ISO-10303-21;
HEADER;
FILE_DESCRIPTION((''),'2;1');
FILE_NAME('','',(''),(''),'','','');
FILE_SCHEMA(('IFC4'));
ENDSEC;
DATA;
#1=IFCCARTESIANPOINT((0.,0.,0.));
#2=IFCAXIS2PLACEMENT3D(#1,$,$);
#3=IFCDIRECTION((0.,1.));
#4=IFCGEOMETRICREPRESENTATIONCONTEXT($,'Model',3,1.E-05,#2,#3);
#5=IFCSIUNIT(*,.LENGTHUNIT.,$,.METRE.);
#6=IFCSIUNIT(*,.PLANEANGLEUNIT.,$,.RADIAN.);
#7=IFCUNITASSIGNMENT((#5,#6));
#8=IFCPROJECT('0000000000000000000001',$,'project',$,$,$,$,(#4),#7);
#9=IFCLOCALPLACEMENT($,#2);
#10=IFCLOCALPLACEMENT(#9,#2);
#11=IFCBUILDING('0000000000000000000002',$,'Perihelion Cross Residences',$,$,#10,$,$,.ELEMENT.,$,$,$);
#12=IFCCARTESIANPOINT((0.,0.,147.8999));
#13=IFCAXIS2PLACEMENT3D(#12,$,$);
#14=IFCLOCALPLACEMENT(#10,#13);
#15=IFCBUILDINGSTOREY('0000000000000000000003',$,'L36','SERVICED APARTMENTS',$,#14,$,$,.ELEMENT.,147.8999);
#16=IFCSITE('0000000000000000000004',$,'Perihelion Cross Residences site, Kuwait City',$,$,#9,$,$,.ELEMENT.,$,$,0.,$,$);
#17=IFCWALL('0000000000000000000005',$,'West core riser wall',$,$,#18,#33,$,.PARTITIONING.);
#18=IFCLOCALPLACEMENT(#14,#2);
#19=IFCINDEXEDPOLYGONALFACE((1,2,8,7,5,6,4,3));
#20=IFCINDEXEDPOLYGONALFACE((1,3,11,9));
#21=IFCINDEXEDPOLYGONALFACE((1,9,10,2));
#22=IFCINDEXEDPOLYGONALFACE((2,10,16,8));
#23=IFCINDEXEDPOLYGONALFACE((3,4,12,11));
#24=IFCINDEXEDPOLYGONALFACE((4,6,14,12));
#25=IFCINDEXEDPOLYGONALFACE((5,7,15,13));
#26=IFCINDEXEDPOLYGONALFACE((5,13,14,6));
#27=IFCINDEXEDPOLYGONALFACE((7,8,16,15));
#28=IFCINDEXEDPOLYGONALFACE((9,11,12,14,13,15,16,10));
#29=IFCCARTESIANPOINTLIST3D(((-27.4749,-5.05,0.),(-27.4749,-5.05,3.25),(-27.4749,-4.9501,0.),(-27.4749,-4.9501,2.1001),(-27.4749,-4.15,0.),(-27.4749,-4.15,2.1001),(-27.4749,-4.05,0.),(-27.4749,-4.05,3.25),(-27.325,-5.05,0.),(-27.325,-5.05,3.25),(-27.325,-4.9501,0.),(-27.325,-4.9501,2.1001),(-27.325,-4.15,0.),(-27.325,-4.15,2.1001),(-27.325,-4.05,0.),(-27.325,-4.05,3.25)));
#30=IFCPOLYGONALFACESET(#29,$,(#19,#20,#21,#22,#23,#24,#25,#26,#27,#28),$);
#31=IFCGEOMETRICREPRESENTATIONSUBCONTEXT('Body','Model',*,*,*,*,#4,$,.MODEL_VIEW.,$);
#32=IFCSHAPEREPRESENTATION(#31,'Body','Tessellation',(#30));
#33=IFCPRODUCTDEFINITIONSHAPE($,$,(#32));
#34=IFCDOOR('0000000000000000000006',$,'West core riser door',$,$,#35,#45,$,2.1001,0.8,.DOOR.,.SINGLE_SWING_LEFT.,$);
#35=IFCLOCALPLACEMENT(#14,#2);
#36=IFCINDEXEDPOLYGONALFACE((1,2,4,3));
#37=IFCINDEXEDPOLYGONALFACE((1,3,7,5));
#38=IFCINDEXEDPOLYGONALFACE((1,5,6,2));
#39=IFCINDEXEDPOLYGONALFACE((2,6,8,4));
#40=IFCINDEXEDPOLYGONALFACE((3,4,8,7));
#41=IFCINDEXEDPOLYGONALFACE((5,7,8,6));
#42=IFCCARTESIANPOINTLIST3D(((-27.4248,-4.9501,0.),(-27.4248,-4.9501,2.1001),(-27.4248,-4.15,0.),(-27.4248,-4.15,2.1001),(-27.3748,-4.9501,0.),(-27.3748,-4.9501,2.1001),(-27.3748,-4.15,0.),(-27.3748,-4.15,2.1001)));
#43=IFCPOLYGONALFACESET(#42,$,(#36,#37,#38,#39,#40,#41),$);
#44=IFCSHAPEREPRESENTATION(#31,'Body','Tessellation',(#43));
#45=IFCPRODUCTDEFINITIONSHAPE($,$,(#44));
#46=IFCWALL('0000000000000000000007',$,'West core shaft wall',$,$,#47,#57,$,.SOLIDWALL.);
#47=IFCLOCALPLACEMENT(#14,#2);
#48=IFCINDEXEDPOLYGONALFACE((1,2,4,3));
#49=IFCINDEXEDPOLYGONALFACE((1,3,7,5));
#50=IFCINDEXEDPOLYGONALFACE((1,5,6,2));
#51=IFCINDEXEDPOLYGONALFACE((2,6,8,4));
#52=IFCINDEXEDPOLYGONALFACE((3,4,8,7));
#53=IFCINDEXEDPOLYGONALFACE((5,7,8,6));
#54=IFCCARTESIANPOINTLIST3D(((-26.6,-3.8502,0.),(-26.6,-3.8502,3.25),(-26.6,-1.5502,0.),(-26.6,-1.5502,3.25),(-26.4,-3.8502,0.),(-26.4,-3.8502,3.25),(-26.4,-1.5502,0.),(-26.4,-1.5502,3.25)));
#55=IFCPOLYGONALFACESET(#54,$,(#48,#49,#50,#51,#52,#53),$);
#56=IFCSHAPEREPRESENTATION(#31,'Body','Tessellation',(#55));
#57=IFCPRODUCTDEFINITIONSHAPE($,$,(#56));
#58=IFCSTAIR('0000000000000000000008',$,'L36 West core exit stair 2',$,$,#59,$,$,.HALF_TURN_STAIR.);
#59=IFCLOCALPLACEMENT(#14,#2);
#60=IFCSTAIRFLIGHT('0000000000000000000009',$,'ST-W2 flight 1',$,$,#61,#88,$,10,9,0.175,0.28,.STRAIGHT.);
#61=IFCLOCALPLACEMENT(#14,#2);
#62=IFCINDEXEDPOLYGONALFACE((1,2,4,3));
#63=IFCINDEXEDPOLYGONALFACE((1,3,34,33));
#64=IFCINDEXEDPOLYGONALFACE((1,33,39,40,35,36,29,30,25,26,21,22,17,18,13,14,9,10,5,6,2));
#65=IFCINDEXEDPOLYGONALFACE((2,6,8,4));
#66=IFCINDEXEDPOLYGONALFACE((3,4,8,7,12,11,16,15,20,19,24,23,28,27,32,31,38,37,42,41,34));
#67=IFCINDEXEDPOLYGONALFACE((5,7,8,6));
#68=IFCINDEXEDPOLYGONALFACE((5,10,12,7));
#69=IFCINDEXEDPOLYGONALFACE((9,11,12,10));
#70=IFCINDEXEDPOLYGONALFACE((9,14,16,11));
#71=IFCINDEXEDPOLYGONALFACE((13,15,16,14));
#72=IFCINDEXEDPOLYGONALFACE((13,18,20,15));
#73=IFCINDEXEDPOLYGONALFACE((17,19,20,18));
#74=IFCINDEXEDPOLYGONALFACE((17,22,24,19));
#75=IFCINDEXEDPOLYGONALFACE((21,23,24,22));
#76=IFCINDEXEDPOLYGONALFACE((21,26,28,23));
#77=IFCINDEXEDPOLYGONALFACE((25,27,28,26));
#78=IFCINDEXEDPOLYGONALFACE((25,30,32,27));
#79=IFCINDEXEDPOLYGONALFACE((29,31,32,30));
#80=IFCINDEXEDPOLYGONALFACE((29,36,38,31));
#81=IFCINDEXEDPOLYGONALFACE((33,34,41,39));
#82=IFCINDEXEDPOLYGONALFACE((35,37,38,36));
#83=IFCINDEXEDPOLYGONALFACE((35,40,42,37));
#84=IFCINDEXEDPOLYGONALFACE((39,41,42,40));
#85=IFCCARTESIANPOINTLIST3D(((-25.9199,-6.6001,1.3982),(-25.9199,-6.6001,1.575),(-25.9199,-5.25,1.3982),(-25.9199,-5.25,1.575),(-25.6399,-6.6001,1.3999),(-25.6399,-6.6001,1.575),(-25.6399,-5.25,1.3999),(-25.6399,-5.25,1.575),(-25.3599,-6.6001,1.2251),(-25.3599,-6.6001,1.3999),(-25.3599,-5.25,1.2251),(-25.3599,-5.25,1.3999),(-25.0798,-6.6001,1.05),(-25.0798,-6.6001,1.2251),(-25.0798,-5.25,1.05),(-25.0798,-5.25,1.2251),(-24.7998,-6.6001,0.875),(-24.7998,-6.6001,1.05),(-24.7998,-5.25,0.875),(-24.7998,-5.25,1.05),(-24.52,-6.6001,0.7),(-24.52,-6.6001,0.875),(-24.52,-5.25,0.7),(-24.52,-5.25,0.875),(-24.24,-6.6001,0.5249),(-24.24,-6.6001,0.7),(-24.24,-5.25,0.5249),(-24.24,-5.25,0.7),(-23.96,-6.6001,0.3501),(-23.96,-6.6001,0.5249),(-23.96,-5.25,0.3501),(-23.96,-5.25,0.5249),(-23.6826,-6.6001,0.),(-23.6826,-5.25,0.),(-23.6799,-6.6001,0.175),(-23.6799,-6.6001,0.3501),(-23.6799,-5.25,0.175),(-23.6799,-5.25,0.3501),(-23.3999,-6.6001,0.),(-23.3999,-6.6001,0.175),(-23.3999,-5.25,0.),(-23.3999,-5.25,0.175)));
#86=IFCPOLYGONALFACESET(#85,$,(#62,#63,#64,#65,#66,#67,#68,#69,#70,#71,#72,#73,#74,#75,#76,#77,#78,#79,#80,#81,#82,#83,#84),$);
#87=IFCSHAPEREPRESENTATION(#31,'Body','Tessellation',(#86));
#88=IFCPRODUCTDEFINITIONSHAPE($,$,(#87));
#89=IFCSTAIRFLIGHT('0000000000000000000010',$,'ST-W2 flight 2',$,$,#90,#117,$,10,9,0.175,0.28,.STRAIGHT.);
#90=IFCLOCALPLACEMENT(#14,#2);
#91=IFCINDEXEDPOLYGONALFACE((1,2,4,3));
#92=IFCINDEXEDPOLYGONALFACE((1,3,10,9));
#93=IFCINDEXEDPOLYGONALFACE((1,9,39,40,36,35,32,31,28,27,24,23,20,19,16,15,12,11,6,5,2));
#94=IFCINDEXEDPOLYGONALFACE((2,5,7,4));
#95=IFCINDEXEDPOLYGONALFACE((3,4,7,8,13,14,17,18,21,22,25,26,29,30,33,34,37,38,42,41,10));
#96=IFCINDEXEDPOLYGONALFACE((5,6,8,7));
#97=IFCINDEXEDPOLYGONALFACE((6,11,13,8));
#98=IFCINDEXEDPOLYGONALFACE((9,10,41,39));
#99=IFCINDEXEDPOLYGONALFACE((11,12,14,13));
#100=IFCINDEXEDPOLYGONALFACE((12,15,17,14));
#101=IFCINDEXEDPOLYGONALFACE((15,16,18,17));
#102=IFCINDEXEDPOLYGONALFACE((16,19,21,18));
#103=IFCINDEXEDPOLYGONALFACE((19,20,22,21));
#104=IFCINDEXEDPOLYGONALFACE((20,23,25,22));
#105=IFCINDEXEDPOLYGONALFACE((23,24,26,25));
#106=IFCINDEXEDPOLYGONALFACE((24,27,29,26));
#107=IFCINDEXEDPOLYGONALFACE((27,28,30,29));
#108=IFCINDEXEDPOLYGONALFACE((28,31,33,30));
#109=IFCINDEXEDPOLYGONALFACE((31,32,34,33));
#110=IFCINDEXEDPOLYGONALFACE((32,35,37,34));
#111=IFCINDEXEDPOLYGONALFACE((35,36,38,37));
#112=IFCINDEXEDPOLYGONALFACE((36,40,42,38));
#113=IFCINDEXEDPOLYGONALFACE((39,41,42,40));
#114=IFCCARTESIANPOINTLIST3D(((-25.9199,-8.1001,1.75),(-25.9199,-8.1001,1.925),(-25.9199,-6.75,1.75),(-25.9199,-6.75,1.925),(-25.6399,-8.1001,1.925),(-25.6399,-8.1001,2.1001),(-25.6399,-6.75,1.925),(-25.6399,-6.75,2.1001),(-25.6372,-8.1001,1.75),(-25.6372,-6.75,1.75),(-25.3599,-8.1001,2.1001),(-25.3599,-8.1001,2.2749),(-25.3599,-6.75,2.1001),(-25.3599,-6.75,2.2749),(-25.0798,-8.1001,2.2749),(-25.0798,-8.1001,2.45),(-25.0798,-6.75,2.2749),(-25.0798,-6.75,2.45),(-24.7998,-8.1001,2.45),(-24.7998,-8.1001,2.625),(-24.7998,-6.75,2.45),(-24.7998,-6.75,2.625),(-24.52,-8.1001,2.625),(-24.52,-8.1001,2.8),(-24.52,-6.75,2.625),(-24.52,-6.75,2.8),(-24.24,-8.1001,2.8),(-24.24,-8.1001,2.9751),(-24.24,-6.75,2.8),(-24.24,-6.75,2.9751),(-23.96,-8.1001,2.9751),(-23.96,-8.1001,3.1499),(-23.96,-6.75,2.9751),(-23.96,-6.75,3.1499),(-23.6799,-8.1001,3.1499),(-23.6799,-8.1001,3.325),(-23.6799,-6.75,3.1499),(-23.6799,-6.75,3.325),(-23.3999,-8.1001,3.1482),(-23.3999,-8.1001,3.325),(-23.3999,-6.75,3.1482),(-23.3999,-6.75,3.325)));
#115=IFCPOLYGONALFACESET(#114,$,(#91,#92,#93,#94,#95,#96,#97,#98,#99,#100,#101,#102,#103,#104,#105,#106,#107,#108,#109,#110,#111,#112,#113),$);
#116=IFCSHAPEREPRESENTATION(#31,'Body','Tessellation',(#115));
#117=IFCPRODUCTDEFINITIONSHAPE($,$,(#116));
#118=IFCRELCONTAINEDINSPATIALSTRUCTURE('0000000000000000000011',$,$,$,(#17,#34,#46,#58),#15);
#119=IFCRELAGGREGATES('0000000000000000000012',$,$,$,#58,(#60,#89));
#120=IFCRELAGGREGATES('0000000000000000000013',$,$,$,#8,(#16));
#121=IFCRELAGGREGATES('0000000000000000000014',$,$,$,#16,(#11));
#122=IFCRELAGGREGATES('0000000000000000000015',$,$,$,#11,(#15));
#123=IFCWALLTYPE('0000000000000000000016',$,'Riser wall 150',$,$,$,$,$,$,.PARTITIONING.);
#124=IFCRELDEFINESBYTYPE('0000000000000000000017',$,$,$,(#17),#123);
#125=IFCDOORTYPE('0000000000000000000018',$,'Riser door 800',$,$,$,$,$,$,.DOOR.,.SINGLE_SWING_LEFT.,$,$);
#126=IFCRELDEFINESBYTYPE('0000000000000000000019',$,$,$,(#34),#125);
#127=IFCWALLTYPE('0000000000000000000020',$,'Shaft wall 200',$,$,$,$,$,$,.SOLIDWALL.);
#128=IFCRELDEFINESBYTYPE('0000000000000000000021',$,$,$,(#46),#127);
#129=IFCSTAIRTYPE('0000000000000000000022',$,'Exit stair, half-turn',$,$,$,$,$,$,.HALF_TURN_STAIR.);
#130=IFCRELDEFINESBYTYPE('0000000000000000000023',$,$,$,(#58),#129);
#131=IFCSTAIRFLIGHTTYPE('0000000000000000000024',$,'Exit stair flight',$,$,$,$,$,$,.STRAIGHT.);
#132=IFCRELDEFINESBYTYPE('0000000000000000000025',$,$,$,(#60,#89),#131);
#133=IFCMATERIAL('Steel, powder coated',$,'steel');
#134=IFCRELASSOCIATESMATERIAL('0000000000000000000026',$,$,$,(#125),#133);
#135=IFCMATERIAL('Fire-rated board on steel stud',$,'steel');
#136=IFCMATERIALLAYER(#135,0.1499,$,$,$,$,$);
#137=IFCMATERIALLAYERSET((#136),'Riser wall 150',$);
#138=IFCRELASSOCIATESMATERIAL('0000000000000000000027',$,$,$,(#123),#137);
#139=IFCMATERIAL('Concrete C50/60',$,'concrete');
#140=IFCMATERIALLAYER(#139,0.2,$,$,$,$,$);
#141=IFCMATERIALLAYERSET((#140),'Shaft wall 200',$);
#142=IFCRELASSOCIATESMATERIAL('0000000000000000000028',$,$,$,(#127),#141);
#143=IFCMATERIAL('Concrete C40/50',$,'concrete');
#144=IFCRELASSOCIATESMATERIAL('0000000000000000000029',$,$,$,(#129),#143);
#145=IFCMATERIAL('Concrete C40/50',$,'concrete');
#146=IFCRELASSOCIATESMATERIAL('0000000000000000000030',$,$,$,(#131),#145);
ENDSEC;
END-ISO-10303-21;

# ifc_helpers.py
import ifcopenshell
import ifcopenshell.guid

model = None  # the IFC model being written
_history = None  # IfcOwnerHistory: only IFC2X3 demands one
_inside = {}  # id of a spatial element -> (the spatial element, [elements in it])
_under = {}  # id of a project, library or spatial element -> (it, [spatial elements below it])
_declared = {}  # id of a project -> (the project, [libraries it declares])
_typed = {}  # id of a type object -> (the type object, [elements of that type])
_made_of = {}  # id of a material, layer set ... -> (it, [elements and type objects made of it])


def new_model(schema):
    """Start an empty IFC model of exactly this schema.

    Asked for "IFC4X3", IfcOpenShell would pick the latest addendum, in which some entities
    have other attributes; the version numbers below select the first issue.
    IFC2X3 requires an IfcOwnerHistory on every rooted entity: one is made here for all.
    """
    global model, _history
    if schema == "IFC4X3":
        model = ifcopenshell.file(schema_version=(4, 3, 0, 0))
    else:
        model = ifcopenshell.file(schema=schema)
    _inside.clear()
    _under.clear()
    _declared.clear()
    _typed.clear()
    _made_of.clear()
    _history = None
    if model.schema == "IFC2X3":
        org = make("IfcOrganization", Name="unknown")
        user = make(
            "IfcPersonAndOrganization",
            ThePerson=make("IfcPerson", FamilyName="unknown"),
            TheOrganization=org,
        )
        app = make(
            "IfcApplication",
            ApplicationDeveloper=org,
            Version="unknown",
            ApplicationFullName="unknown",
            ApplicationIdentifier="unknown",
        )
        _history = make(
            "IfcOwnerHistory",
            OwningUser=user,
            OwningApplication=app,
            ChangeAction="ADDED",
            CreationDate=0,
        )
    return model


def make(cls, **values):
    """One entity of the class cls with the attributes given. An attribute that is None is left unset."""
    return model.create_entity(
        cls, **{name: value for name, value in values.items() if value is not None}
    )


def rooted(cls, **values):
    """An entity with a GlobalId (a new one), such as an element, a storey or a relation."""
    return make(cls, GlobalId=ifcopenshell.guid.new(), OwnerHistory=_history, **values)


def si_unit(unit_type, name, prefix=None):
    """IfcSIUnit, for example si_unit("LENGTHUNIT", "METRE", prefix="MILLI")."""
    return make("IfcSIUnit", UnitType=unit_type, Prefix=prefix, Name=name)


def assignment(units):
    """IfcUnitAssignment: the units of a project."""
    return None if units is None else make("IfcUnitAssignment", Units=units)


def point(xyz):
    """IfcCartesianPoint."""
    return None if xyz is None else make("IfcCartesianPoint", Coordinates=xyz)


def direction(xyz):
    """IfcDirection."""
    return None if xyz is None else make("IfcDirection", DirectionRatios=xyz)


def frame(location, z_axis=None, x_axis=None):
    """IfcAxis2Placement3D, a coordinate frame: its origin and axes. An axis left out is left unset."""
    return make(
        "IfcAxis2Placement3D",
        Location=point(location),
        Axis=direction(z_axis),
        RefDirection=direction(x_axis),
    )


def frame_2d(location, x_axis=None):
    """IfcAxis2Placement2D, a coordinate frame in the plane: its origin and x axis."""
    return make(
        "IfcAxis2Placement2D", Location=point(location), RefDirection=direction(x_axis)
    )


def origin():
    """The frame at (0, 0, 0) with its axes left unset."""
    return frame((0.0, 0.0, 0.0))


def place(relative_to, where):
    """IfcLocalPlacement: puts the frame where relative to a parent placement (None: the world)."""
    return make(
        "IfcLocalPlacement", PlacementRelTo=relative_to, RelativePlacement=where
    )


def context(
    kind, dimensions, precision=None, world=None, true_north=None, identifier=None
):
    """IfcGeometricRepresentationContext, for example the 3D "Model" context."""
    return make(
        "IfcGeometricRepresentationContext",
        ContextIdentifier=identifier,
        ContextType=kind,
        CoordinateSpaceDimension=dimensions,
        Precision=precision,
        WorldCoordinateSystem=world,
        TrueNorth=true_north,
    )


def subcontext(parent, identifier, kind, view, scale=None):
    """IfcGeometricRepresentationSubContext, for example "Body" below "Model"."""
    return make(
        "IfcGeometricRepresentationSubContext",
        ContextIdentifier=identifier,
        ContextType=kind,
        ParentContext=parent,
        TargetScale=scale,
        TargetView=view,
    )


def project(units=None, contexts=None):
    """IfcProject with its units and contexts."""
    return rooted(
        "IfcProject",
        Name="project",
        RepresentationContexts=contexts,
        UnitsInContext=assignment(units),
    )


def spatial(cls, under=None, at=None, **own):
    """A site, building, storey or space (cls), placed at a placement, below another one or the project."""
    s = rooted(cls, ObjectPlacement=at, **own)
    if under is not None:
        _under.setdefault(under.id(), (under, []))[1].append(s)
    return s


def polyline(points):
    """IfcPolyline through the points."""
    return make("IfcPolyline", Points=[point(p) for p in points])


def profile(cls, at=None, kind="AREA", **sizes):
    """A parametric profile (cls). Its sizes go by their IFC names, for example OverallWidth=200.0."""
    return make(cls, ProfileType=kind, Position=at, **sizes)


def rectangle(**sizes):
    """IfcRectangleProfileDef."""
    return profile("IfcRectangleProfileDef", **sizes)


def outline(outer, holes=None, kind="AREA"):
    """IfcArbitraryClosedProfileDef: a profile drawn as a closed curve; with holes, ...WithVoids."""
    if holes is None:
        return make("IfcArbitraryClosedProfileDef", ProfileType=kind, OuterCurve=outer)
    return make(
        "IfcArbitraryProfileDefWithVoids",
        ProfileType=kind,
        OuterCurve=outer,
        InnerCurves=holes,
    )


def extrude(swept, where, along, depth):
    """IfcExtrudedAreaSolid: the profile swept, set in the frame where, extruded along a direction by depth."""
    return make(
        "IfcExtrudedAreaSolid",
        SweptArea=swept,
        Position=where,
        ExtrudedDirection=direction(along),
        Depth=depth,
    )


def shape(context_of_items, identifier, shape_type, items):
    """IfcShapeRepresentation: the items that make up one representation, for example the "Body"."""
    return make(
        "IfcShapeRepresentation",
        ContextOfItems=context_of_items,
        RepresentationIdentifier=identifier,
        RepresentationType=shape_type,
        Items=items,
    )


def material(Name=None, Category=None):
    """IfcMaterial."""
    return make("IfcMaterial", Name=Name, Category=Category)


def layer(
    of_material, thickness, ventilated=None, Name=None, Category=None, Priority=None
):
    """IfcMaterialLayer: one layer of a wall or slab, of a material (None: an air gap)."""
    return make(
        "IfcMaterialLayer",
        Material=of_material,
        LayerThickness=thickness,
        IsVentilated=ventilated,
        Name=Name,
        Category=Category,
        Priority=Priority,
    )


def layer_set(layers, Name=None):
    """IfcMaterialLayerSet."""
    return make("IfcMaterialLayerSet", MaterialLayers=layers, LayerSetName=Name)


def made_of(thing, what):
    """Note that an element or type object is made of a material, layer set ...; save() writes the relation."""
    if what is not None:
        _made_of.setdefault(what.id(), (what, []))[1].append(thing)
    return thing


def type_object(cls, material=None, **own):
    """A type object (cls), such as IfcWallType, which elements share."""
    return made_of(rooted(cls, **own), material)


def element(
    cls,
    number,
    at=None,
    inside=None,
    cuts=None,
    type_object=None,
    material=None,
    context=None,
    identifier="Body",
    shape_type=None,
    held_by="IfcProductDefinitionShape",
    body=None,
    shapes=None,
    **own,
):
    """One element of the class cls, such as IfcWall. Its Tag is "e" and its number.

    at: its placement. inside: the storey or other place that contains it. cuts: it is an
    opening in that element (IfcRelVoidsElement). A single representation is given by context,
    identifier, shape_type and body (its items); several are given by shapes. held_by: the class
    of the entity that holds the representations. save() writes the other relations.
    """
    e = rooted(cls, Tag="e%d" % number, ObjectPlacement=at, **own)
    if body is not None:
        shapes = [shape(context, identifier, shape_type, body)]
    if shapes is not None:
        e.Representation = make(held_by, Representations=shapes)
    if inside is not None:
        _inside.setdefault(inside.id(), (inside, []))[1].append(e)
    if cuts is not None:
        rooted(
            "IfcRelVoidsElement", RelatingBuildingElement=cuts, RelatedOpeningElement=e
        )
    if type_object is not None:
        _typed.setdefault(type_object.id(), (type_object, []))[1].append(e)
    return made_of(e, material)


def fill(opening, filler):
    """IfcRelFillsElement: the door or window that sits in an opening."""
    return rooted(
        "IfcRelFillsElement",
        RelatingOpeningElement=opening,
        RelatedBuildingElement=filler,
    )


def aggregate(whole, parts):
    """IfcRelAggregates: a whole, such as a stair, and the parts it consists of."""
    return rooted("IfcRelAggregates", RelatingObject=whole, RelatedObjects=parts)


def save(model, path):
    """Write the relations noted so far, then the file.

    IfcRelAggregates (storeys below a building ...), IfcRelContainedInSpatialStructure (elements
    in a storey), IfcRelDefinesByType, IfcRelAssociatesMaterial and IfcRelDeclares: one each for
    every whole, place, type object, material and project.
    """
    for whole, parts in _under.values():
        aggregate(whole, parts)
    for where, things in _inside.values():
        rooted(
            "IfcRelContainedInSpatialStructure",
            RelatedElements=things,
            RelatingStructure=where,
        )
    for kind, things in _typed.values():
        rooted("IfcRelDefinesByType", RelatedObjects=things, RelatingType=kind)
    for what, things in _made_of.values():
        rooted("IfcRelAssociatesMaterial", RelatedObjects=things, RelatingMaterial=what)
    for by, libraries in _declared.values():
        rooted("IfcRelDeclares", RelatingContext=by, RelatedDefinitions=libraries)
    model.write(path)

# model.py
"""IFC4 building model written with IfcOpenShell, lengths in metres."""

from ifc_helpers import new_model, si_unit, direction, frame, frame_2d, origin, place, context, subcontext, project, spatial, polyline, rectangle, outline, extrude, material, layer, layer_set, type_object, element, fill, aggregate, save


model = new_model("IFC4")

# Units and contexts
model_context = context("Model", 3, precision=1e-05, world=origin(), true_north=direction((0.0, 1.0)))
body_context = subcontext(model_context, "Body", "Model", "MODEL_VIEW")
ifc_project = project(units=[si_unit("LENGTHUNIT", "METRE"), si_unit("PLANEANGLEUNIT", "RADIAN")], contexts=[model_context])

# Site, building, storey
site_placement = place(None, origin())
site = spatial("IfcSite", under=ifc_project, at=site_placement, Name="Perihelion Cross Residences site, Kuwait City", CompositionType="ELEMENT", RefElevation=0.0)
building_placement = place(site_placement, origin())
building = spatial("IfcBuilding", under=site, at=building_placement, Name="Perihelion Cross Residences", CompositionType="ELEMENT")
storey_placement = place(building_placement, frame((0.0, 0.0, 147.8999)))
storey = spatial("IfcBuildingStorey", under=building, at=storey_placement, Name="L36", Description="SERVICED APARTMENTS", CompositionType="ELEMENT", Elevation=147.8999)

# Wall, opening, door
ifc_material_1 = material(Name="Steel, powder coated", Category="steel")
door_type_1 = type_object("IfcDoorType", Name="Riser door 800", OperationType="SINGLE_SWING_LEFT", PredefinedType="DOOR", material=ifc_material_1)
ifc_material_2 = material(Name="Fire-rated board on steel stud", Category="steel")
ifc_layer_1 = layer(ifc_material_2, 0.1499)
ifc_layer_set_1 = layer_set([ifc_layer_1], Name="Riser wall 150")
wall_type_1 = type_object("IfcWallType", Name="Riser wall 150", PredefinedType="PARTITIONING", material=ifc_layer_set_1)
wall_1_placement = place(storey_placement, frame((-27.3999, -5.05, 0.0), z_axis=(0.0, 0.0, 1.0), x_axis=(0.0, 1.0, 0.0)))
wall_1 = element("IfcWall", 1, at=wall_1_placement, inside=storey, type_object=wall_type_1, Name="West core riser wall", PredefinedType="PARTITIONING", context=body_context, shape_type="SweptSolid", body=[
    extrude(rectangle(XDim=1.0, YDim=0.1499, at=frame_2d((0.5, 0.0))), origin(), (0.0, 0.0, 1.0), 3.25),
])
opening_1_placement = place(wall_1_placement, frame((0.1001, 0.0, 0.0)))
opening_1 = element("IfcOpeningElement", 2, at=opening_1_placement, cuts=wall_1, PredefinedType="OPENING", context=body_context, shape_type="SweptSolid", body=[
    extrude(rectangle(XDim=0.8, YDim=2.1001, at=frame_2d((0.3999, 1.05))), frame((0.0, 0.085, 0.0), z_axis=(0.0, -1.0, 0.0), x_axis=(1.0, 0.0, 0.0)), (0.0, 0.0, 1.0), 0.1699),
])
door_1_placement = place(opening_1_placement, origin())
door_1 = element("IfcDoor", 3, at=door_1_placement, inside=storey, type_object=door_type_1, Name="West core riser door", OperationType="SINGLE_SWING_LEFT", OverallHeight=2.1001, OverallWidth=0.8, PredefinedType="DOOR", context=body_context, shape_type="SweptSolid", body=[
    extrude(rectangle(XDim=0.8, YDim=2.1001, at=frame_2d((0.3999, 1.05))), frame((0.0, 0.0249, 0.0), z_axis=(0.0, -1.0, 0.0), x_axis=(1.0, 0.0, 0.0)), (0.0, 0.0, 1.0), 0.05),
])
fill(opening_1, door_1)

# Wall
ifc_material_3 = material(Name="Concrete C50/60", Category="concrete")
ifc_layer_2 = layer(ifc_material_3, 0.2)
ifc_layer_set_2 = layer_set([ifc_layer_2], Name="Shaft wall 200")
wall_type_2 = type_object("IfcWallType", Name="Shaft wall 200", PredefinedType="SOLIDWALL", material=ifc_layer_set_2)
wall_2_placement = place(storey_placement, frame((-26.5, -3.8501, 0.0), z_axis=(0.0, 0.0, 1.0), x_axis=(0.0, 1.0, 0.0)))
element("IfcWall", 4, at=wall_2_placement, inside=storey, type_object=wall_type_2, Name="West core shaft wall", PredefinedType="SOLIDWALL", context=body_context, shape_type="SweptSolid", body=[
    extrude(rectangle(XDim=2.3, YDim=0.2, at=frame_2d((1.1499, 0.0))), origin(), (0.0, 0.0, 1.0), 3.25),
])

# Stair, stair flights
ifc_material_4 = material(Name="Concrete C40/50", Category="concrete")
stair_type = type_object("IfcStairType", Name="Exit stair, half-turn", PredefinedType="HALF_TURN_STAIR", material=ifc_material_4)
stair_placement = place(storey_placement, origin())
stair = element("IfcStair", 5, at=stair_placement, inside=storey, type_object=stair_type, Name="L36 West core exit stair 2", PredefinedType="HALF_TURN_STAIR")
ifc_material_5 = material(Name="Concrete C40/50", Category="concrete")
stair_flight_type = type_object("IfcStairFlightType", Name="Exit stair flight", PredefinedType="STRAIGHT", material=ifc_material_5)
stair_flight_1_placement = place(storey_placement, frame((-23.3999, -5.925, 0.0), z_axis=(0.0, 0.0, 1.0), x_axis=(-1.0, 0.0, 0.0)))
stair_flight_1 = element("IfcStairFlight", 6, at=stair_flight_1_placement, type_object=stair_flight_type, Name="ST-W2 flight 1", NumberOfRisers=10, NumberOfTreads=9, PredefinedType="STRAIGHT", RiserHeight=0.175, TreadLength=0.28, context=body_context, shape_type="SweptSolid", body=[
    extrude(outline(polyline([(0.0, 0.0), (0.0, 0.175), (0.28, 0.175), (0.28, 0.3501), (0.5601, 0.3501), (0.5601, 0.5249), (0.8401, 0.5249), (0.8401, 0.7), (1.1201, 0.7), (1.1201, 0.875), (1.3999, 0.875), (1.3999, 1.05), (1.6799, 1.05), (1.6799, 1.2251), (1.96, 1.2251), (1.96, 1.3999), (2.24, 1.3999), (2.24, 1.575), (2.52, 1.575), (2.52, 1.75), (2.52, 1.3982), (0.2827, 0.0), (0.0, 0.0)])), frame((0.0, 0.675, 0.0), z_axis=(0.0, -1.0, 0.0), x_axis=(1.0, 0.0, 0.0)), (0.0, 0.0, 1.0), 1.3501),
])
stair_flight_2_placement = place(storey_placement, frame((-25.9199, -7.425, 1.75), z_axis=(0.0, 0.0, 1.0), x_axis=(1.0, 0.0, 0.0)))
stair_flight_2 = element("IfcStairFlight", 7, at=stair_flight_2_placement, type_object=stair_flight_type, Name="ST-W2 flight 2", NumberOfRisers=10, NumberOfTreads=9, PredefinedType="STRAIGHT", RiserHeight=0.175, TreadLength=0.28, context=body_context, shape_type="SweptSolid", body=[
    extrude(outline(polyline([(0.0, 0.0), (0.0, 0.175), (0.28, 0.175), (0.28, 0.3501), (0.5601, 0.3501), (0.5601, 0.5249), (0.8401, 0.5249), (0.8401, 0.7), (1.1201, 0.7), (1.1201, 0.875), (1.3999, 0.875), (1.3999, 1.05), (1.6799, 1.05), (1.6799, 1.2251), (1.96, 1.2251), (1.96, 1.3999), (2.24, 1.3999), (2.24, 1.575), (2.52, 1.575), (2.52, 1.75), (2.52, 1.3982), (0.2827, 0.0), (0.0, 0.0)])), frame((0.0, 0.675, 0.0), z_axis=(0.0, -1.0, 0.0), x_axis=(1.0, 0.0, 0.0)), (0.0, 0.0, 1.0), 1.3501),
])
aggregate(stair, [stair_flight_1, stair_flight_2])

save(model, "model.ifc")
